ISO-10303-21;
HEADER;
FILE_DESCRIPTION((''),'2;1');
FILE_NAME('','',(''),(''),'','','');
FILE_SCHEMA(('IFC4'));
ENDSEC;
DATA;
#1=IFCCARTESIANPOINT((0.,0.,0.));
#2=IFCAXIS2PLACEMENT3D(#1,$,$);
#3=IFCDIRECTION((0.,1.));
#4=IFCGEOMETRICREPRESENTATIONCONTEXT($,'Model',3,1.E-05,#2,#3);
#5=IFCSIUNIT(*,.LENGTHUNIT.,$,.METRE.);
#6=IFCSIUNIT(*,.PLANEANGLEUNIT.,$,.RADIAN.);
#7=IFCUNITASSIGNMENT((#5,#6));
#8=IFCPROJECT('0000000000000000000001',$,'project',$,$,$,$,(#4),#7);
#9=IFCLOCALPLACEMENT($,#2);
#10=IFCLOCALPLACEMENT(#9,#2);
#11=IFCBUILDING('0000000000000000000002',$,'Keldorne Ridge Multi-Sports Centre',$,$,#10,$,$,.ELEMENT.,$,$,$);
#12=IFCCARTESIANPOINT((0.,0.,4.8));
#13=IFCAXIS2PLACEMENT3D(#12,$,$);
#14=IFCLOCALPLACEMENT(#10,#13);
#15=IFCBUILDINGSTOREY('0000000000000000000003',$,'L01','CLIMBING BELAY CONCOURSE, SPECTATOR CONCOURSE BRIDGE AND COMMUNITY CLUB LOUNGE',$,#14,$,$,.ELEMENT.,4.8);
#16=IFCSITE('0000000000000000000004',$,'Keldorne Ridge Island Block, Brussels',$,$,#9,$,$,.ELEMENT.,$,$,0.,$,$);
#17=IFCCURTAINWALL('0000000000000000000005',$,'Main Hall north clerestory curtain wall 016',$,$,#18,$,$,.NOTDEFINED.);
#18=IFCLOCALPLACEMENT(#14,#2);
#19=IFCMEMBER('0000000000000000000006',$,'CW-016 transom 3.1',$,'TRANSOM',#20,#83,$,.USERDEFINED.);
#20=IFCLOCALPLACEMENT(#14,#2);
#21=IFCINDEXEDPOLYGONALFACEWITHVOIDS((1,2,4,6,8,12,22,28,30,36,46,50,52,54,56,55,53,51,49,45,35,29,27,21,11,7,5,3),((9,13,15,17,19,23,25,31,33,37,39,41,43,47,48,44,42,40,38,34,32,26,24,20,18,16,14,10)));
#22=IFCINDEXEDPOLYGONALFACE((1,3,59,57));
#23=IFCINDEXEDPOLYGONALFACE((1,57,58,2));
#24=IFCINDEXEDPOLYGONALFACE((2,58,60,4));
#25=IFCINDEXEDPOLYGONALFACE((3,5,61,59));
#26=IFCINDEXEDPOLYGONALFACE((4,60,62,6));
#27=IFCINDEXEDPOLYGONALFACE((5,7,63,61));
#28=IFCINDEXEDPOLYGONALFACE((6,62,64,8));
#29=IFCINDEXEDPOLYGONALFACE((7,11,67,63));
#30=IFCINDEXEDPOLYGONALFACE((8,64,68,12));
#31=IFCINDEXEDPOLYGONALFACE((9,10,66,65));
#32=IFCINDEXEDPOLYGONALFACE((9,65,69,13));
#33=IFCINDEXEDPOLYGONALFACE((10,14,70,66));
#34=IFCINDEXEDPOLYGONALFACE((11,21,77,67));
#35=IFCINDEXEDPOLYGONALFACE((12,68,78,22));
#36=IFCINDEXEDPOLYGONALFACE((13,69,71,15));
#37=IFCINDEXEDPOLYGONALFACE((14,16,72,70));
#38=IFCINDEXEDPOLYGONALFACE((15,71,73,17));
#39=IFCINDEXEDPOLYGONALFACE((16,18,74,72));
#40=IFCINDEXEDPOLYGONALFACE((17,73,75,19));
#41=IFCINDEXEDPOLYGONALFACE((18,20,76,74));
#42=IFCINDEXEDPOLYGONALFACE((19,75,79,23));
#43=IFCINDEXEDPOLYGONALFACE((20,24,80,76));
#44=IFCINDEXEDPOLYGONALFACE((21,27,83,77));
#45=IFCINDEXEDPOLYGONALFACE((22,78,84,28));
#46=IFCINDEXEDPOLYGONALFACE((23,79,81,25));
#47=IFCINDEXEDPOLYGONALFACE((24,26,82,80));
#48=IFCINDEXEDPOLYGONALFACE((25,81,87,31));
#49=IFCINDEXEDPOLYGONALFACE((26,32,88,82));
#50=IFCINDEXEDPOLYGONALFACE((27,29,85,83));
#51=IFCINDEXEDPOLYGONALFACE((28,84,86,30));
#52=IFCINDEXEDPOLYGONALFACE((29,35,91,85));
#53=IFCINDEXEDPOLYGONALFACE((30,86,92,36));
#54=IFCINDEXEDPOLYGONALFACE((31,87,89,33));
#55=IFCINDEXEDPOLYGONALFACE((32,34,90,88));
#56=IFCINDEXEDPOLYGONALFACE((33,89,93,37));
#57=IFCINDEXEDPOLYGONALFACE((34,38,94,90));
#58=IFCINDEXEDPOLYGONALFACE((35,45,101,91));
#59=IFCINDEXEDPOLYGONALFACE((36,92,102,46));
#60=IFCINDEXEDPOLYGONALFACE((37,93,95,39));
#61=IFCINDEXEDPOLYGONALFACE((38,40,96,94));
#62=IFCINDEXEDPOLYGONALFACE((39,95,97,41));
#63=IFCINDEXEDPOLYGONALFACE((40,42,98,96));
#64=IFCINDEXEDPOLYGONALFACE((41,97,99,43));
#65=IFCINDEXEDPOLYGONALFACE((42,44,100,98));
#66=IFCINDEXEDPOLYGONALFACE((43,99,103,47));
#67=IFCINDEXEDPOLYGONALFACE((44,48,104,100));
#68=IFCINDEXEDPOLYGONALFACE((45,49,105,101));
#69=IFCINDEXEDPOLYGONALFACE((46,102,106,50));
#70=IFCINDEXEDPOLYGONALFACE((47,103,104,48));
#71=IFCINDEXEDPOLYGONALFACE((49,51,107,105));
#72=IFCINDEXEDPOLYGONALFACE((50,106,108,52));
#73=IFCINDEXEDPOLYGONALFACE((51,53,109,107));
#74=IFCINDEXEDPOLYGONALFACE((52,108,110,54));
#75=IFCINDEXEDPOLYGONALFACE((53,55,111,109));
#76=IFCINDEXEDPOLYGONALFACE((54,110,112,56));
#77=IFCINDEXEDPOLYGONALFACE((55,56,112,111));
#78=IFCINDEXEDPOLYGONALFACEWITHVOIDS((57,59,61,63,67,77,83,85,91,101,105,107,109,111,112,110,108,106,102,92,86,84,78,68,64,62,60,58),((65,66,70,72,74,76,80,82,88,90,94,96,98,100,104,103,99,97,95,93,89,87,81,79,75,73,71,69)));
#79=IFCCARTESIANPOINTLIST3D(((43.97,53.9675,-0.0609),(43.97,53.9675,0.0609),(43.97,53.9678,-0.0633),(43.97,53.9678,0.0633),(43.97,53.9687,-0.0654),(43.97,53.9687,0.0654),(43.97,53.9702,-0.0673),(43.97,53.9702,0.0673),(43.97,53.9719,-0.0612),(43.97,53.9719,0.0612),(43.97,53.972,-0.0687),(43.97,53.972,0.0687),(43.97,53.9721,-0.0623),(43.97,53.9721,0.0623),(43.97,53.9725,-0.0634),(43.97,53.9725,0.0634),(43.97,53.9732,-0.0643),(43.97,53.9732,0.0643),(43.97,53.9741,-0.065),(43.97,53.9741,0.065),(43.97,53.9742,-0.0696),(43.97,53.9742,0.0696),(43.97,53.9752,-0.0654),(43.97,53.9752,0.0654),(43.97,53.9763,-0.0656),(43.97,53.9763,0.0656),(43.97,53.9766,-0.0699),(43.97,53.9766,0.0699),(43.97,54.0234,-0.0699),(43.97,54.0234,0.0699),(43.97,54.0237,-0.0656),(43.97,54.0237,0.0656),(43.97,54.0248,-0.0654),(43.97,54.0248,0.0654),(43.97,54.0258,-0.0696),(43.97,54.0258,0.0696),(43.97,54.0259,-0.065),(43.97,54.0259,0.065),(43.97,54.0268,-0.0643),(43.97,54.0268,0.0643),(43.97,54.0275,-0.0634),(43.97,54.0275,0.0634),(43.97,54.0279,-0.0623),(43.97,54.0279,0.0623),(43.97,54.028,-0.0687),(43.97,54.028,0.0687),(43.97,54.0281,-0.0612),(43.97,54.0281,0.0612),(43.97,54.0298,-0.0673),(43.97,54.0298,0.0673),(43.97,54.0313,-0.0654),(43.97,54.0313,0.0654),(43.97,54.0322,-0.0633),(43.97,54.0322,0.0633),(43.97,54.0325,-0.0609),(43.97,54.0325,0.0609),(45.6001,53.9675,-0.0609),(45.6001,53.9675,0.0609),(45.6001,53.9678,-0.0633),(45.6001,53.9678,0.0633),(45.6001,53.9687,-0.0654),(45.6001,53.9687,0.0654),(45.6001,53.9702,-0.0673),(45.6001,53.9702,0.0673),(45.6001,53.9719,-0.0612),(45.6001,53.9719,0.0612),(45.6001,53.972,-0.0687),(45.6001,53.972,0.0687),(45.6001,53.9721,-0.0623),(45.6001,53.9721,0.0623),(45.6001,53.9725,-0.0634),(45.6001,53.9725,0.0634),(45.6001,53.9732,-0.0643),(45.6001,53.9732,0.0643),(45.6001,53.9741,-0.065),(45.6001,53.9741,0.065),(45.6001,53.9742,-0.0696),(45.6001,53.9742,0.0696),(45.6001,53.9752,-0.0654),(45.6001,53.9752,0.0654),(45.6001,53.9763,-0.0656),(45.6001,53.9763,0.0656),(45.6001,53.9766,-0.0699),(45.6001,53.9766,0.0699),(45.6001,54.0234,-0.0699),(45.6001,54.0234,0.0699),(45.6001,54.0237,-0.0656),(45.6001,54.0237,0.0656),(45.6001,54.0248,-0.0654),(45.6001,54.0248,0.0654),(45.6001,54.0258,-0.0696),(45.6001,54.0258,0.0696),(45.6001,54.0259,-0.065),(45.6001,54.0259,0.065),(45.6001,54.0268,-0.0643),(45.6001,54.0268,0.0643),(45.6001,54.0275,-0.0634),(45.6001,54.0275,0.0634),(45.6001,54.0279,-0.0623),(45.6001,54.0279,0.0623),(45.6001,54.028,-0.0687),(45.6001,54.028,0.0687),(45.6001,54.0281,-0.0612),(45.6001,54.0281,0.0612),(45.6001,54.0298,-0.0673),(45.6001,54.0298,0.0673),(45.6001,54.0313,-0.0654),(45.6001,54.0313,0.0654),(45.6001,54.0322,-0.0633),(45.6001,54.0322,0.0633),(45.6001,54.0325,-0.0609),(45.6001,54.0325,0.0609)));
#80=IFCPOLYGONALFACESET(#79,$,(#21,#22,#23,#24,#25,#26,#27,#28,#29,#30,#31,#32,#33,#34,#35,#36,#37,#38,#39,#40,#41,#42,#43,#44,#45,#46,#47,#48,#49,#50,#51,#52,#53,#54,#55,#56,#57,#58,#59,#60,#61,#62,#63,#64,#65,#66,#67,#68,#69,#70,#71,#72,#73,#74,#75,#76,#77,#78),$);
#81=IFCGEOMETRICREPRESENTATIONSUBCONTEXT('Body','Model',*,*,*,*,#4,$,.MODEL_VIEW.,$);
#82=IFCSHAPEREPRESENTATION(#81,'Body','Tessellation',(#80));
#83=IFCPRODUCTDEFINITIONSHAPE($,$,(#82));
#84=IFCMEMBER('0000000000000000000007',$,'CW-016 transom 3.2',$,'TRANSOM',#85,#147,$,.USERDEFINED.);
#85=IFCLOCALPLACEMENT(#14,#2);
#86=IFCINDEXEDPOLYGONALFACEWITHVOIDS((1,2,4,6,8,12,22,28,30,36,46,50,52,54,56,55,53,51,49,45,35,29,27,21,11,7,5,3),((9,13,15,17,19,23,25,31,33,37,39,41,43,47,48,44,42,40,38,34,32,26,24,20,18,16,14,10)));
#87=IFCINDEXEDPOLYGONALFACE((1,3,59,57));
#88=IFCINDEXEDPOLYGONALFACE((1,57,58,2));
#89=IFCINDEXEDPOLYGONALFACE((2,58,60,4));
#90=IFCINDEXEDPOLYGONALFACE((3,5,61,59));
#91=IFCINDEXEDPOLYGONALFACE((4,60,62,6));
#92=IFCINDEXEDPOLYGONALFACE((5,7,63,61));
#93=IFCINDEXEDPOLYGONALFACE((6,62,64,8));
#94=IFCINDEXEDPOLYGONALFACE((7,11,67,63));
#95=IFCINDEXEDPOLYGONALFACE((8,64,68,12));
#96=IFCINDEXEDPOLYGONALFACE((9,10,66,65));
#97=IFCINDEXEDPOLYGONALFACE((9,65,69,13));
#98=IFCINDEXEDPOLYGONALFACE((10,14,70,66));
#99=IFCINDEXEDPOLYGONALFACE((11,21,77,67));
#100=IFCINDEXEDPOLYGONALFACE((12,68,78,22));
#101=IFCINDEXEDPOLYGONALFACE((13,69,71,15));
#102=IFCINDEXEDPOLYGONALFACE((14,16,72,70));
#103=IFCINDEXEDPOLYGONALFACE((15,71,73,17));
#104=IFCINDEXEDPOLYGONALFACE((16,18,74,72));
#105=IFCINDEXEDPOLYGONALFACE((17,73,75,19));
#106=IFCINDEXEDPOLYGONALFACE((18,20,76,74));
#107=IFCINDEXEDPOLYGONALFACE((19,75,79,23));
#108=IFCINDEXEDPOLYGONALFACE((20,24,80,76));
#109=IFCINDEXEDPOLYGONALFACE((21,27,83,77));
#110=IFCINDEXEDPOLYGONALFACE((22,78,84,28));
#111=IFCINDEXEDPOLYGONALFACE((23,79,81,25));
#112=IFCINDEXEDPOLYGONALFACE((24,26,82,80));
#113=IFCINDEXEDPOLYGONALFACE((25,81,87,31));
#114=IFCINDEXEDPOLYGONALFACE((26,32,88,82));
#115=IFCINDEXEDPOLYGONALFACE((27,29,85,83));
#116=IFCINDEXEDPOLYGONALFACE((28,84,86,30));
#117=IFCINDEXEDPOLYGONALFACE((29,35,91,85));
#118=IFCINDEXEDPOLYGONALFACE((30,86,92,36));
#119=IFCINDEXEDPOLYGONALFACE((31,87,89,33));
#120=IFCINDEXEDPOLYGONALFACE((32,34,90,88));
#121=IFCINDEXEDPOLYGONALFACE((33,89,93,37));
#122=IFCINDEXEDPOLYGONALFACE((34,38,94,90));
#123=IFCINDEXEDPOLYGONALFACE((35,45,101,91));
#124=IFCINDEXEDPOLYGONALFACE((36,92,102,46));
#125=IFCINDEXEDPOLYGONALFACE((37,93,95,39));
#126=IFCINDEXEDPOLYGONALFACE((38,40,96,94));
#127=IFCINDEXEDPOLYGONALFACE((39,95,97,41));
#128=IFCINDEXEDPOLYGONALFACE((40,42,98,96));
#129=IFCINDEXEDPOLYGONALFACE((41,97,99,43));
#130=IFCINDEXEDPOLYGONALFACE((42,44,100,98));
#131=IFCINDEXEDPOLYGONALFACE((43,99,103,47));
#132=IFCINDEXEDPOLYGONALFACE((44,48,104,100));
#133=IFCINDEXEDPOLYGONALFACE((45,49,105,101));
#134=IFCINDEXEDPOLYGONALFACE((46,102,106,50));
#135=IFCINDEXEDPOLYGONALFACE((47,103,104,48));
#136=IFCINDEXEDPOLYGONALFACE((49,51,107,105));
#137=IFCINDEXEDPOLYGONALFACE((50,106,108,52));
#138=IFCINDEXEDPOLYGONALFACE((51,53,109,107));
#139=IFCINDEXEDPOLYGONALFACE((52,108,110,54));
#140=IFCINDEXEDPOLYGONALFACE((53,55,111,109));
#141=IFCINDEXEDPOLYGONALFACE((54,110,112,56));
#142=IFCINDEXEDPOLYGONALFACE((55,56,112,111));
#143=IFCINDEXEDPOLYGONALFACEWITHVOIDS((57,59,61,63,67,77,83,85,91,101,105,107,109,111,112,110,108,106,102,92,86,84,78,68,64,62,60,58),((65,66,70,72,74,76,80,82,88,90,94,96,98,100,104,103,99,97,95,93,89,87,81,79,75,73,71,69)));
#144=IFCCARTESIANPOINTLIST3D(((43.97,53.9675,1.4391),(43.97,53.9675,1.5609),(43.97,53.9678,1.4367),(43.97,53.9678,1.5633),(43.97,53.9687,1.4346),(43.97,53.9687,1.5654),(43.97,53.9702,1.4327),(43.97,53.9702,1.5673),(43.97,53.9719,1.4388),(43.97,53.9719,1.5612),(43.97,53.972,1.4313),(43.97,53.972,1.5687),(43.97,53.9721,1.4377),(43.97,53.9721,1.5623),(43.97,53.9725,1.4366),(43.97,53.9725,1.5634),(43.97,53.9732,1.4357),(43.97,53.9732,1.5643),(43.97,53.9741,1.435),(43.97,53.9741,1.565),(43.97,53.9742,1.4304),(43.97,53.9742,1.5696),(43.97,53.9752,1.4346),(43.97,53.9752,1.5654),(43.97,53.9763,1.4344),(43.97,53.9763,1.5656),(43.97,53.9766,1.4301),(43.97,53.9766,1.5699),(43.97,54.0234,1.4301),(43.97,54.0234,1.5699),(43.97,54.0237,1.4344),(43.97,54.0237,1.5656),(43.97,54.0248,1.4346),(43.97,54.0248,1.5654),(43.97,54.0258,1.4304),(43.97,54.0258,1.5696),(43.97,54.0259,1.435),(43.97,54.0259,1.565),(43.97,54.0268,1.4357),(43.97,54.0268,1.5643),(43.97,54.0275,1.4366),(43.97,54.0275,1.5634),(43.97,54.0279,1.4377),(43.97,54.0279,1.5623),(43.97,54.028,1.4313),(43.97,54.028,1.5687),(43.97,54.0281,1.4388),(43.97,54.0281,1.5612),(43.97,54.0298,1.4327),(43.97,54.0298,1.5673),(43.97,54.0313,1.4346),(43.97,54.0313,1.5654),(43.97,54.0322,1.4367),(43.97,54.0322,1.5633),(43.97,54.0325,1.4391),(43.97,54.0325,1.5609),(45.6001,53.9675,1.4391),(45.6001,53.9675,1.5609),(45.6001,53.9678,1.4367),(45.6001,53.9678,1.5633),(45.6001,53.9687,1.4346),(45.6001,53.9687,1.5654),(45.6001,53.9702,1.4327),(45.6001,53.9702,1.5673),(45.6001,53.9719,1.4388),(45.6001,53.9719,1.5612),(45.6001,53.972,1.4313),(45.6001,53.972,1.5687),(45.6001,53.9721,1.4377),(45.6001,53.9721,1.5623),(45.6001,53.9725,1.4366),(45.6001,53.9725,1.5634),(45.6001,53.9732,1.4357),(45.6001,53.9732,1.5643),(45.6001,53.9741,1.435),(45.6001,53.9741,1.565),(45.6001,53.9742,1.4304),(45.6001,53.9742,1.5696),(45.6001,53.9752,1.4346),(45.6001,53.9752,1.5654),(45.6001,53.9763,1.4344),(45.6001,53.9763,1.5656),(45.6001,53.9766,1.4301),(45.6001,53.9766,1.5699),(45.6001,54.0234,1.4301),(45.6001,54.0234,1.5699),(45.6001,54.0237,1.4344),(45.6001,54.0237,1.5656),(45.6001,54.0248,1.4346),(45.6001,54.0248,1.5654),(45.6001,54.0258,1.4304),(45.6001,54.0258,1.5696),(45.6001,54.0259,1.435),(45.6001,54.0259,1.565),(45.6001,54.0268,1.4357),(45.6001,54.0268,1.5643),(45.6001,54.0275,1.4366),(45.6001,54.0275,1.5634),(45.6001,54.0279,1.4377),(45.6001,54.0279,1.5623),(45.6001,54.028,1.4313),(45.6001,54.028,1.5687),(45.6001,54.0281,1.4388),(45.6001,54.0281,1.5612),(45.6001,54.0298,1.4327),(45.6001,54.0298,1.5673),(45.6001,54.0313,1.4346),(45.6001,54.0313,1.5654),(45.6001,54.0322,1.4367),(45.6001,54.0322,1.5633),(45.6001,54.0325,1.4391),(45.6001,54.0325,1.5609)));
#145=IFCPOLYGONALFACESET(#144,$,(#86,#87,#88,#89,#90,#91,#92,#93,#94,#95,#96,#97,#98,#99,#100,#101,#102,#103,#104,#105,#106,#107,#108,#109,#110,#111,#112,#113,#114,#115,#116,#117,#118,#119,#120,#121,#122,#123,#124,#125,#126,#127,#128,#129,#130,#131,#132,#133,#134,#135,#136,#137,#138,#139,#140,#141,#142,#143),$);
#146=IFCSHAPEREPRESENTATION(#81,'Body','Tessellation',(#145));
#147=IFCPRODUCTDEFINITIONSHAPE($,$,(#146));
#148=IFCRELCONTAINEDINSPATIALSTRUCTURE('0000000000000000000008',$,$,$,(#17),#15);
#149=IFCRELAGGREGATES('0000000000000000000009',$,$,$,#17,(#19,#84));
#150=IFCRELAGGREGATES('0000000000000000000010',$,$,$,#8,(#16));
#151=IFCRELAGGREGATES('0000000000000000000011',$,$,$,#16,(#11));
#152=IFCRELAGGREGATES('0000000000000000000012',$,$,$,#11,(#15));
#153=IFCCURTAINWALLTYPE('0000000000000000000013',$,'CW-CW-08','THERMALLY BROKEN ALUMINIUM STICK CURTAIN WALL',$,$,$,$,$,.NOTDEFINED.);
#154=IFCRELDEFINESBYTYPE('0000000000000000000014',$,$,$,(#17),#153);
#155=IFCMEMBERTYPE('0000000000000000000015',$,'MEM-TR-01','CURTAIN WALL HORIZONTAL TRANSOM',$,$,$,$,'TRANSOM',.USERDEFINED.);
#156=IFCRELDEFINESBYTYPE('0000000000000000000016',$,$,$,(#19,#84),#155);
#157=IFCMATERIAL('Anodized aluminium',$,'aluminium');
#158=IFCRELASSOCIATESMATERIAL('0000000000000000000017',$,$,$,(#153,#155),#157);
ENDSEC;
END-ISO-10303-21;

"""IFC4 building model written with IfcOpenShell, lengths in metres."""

from ifc_helpers import new_model, si_unit, direction, frame, origin, origin_2d, place, context, subcontext, project, spatial, hollow_rectangle, extrude, material, material_profile, profile_set, type_object, element, aggregate, save


model = new_model("IFC4")

# Units and contexts
model_context = context("Model", 3, precision=1e-05, world=origin(), true_north=direction((0.0, 1.0)))
body_context = subcontext(model_context, "Body", "Model", "MODEL_VIEW")
ifc_project = project(units=[si_unit("LENGTHUNIT", "METRE"), si_unit("PLANEANGLEUNIT", "RADIAN")], contexts=[model_context])

# Site, building, storey
site_placement = place(None, origin())
site = spatial("IfcSite", under=ifc_project, at=site_placement, Name="Keldorne Ridge Island Block, Brussels", CompositionType="ELEMENT", RefElevation=0.0)
building_placement = place(site_placement, origin())
building = spatial("IfcBuilding", under=site, at=building_placement, Name="Keldorne Ridge Multi-Sports Centre", CompositionType="ELEMENT")
storey_placement = place(building_placement, frame((0.0, 0.0, 4.8)))
storey = spatial("IfcBuildingStorey", under=building, at=storey_placement, Name="L01", Description="CLIMBING BELAY CONCOURSE, SPECTATOR CONCOURSE BRIDGE AND COMMUNITY CLUB LOUNGE", CompositionType="ELEMENT", Elevation=4.8)

# Curtain wall
ifc_material_1 = material(Name="Anodized aluminium", Category="aluminium")
curtain_wall_type_1 = type_object("IfcCurtainWallType", Name="CW-CW-08", Description="THERMALLY BROKEN ALUMINIUM STICK CURTAIN WALL", PredefinedType="NOTDEFINED", material=ifc_material_1)
curtain_wall_1_placement = place(storey_placement, origin())
curtain_wall_1 = element("IfcCurtainWall", 1, at=curtain_wall_1_placement, inside=storey, type_object=curtain_wall_type_1, Name="Main Hall north clerestory curtain wall 016", PredefinedType="NOTDEFINED")

# Members
ifc_material_profile_1 = material_profile(ifc_material_1, hollow_rectangle(XDim=0.0649, YDim=0.1399, WallThickness=0.0044, InnerFilletRadius=0.0044, OuterFilletRadius=0.009, at=origin_2d()), Name="ALU TRANSOM 140x65x4.5")
ifc_profile_set_1 = profile_set([ifc_material_profile_1], Name="Anodized aluminium")
member_type_1 = type_object("IfcMemberType", Name="MEM-TR-01", Description="CURTAIN WALL HORIZONTAL TRANSOM", ElementType="TRANSOM", PredefinedType="USERDEFINED", material=ifc_profile_set_1)
member_1_placement = place(storey_placement, frame((45.6001, 54.0, 0.0), z_axis=(-1.0, 0.0, 0.0), x_axis=(0.0, -1.0, 0.0)))
member_1 = element("IfcMember", 2, at=member_1_placement, type_object=member_type_1, Name="CW-016 transom 3.1", ObjectType="TRANSOM", PredefinedType="USERDEFINED", context=body_context, shape_type="SweptSolid", body=[
    extrude(hollow_rectangle(XDim=0.0649, YDim=0.1399, WallThickness=0.0044, InnerFilletRadius=0.0044, OuterFilletRadius=0.009, at=origin_2d()), origin(), (0.0, 0.0, 1.0), 1.6301),
])
member_2_placement = place(storey_placement, frame((45.6001, 54.0, 1.5), z_axis=(-1.0, 0.0, 0.0), x_axis=(0.0, -1.0, 0.0)))
member_2 = element("IfcMember", 3, at=member_2_placement, type_object=member_type_1, Name="CW-016 transom 3.2", ObjectType="TRANSOM", PredefinedType="USERDEFINED", context=body_context, shape_type="SweptSolid", body=[
    extrude(hollow_rectangle(XDim=0.0649, YDim=0.1399, WallThickness=0.0044, InnerFilletRadius=0.0044, OuterFilletRadius=0.009, at=origin_2d()), origin(), (0.0, 0.0, 1.0), 1.6301),
])

aggregate(curtain_wall_1, [member_1, member_2])

save(model, "model.ifc")
